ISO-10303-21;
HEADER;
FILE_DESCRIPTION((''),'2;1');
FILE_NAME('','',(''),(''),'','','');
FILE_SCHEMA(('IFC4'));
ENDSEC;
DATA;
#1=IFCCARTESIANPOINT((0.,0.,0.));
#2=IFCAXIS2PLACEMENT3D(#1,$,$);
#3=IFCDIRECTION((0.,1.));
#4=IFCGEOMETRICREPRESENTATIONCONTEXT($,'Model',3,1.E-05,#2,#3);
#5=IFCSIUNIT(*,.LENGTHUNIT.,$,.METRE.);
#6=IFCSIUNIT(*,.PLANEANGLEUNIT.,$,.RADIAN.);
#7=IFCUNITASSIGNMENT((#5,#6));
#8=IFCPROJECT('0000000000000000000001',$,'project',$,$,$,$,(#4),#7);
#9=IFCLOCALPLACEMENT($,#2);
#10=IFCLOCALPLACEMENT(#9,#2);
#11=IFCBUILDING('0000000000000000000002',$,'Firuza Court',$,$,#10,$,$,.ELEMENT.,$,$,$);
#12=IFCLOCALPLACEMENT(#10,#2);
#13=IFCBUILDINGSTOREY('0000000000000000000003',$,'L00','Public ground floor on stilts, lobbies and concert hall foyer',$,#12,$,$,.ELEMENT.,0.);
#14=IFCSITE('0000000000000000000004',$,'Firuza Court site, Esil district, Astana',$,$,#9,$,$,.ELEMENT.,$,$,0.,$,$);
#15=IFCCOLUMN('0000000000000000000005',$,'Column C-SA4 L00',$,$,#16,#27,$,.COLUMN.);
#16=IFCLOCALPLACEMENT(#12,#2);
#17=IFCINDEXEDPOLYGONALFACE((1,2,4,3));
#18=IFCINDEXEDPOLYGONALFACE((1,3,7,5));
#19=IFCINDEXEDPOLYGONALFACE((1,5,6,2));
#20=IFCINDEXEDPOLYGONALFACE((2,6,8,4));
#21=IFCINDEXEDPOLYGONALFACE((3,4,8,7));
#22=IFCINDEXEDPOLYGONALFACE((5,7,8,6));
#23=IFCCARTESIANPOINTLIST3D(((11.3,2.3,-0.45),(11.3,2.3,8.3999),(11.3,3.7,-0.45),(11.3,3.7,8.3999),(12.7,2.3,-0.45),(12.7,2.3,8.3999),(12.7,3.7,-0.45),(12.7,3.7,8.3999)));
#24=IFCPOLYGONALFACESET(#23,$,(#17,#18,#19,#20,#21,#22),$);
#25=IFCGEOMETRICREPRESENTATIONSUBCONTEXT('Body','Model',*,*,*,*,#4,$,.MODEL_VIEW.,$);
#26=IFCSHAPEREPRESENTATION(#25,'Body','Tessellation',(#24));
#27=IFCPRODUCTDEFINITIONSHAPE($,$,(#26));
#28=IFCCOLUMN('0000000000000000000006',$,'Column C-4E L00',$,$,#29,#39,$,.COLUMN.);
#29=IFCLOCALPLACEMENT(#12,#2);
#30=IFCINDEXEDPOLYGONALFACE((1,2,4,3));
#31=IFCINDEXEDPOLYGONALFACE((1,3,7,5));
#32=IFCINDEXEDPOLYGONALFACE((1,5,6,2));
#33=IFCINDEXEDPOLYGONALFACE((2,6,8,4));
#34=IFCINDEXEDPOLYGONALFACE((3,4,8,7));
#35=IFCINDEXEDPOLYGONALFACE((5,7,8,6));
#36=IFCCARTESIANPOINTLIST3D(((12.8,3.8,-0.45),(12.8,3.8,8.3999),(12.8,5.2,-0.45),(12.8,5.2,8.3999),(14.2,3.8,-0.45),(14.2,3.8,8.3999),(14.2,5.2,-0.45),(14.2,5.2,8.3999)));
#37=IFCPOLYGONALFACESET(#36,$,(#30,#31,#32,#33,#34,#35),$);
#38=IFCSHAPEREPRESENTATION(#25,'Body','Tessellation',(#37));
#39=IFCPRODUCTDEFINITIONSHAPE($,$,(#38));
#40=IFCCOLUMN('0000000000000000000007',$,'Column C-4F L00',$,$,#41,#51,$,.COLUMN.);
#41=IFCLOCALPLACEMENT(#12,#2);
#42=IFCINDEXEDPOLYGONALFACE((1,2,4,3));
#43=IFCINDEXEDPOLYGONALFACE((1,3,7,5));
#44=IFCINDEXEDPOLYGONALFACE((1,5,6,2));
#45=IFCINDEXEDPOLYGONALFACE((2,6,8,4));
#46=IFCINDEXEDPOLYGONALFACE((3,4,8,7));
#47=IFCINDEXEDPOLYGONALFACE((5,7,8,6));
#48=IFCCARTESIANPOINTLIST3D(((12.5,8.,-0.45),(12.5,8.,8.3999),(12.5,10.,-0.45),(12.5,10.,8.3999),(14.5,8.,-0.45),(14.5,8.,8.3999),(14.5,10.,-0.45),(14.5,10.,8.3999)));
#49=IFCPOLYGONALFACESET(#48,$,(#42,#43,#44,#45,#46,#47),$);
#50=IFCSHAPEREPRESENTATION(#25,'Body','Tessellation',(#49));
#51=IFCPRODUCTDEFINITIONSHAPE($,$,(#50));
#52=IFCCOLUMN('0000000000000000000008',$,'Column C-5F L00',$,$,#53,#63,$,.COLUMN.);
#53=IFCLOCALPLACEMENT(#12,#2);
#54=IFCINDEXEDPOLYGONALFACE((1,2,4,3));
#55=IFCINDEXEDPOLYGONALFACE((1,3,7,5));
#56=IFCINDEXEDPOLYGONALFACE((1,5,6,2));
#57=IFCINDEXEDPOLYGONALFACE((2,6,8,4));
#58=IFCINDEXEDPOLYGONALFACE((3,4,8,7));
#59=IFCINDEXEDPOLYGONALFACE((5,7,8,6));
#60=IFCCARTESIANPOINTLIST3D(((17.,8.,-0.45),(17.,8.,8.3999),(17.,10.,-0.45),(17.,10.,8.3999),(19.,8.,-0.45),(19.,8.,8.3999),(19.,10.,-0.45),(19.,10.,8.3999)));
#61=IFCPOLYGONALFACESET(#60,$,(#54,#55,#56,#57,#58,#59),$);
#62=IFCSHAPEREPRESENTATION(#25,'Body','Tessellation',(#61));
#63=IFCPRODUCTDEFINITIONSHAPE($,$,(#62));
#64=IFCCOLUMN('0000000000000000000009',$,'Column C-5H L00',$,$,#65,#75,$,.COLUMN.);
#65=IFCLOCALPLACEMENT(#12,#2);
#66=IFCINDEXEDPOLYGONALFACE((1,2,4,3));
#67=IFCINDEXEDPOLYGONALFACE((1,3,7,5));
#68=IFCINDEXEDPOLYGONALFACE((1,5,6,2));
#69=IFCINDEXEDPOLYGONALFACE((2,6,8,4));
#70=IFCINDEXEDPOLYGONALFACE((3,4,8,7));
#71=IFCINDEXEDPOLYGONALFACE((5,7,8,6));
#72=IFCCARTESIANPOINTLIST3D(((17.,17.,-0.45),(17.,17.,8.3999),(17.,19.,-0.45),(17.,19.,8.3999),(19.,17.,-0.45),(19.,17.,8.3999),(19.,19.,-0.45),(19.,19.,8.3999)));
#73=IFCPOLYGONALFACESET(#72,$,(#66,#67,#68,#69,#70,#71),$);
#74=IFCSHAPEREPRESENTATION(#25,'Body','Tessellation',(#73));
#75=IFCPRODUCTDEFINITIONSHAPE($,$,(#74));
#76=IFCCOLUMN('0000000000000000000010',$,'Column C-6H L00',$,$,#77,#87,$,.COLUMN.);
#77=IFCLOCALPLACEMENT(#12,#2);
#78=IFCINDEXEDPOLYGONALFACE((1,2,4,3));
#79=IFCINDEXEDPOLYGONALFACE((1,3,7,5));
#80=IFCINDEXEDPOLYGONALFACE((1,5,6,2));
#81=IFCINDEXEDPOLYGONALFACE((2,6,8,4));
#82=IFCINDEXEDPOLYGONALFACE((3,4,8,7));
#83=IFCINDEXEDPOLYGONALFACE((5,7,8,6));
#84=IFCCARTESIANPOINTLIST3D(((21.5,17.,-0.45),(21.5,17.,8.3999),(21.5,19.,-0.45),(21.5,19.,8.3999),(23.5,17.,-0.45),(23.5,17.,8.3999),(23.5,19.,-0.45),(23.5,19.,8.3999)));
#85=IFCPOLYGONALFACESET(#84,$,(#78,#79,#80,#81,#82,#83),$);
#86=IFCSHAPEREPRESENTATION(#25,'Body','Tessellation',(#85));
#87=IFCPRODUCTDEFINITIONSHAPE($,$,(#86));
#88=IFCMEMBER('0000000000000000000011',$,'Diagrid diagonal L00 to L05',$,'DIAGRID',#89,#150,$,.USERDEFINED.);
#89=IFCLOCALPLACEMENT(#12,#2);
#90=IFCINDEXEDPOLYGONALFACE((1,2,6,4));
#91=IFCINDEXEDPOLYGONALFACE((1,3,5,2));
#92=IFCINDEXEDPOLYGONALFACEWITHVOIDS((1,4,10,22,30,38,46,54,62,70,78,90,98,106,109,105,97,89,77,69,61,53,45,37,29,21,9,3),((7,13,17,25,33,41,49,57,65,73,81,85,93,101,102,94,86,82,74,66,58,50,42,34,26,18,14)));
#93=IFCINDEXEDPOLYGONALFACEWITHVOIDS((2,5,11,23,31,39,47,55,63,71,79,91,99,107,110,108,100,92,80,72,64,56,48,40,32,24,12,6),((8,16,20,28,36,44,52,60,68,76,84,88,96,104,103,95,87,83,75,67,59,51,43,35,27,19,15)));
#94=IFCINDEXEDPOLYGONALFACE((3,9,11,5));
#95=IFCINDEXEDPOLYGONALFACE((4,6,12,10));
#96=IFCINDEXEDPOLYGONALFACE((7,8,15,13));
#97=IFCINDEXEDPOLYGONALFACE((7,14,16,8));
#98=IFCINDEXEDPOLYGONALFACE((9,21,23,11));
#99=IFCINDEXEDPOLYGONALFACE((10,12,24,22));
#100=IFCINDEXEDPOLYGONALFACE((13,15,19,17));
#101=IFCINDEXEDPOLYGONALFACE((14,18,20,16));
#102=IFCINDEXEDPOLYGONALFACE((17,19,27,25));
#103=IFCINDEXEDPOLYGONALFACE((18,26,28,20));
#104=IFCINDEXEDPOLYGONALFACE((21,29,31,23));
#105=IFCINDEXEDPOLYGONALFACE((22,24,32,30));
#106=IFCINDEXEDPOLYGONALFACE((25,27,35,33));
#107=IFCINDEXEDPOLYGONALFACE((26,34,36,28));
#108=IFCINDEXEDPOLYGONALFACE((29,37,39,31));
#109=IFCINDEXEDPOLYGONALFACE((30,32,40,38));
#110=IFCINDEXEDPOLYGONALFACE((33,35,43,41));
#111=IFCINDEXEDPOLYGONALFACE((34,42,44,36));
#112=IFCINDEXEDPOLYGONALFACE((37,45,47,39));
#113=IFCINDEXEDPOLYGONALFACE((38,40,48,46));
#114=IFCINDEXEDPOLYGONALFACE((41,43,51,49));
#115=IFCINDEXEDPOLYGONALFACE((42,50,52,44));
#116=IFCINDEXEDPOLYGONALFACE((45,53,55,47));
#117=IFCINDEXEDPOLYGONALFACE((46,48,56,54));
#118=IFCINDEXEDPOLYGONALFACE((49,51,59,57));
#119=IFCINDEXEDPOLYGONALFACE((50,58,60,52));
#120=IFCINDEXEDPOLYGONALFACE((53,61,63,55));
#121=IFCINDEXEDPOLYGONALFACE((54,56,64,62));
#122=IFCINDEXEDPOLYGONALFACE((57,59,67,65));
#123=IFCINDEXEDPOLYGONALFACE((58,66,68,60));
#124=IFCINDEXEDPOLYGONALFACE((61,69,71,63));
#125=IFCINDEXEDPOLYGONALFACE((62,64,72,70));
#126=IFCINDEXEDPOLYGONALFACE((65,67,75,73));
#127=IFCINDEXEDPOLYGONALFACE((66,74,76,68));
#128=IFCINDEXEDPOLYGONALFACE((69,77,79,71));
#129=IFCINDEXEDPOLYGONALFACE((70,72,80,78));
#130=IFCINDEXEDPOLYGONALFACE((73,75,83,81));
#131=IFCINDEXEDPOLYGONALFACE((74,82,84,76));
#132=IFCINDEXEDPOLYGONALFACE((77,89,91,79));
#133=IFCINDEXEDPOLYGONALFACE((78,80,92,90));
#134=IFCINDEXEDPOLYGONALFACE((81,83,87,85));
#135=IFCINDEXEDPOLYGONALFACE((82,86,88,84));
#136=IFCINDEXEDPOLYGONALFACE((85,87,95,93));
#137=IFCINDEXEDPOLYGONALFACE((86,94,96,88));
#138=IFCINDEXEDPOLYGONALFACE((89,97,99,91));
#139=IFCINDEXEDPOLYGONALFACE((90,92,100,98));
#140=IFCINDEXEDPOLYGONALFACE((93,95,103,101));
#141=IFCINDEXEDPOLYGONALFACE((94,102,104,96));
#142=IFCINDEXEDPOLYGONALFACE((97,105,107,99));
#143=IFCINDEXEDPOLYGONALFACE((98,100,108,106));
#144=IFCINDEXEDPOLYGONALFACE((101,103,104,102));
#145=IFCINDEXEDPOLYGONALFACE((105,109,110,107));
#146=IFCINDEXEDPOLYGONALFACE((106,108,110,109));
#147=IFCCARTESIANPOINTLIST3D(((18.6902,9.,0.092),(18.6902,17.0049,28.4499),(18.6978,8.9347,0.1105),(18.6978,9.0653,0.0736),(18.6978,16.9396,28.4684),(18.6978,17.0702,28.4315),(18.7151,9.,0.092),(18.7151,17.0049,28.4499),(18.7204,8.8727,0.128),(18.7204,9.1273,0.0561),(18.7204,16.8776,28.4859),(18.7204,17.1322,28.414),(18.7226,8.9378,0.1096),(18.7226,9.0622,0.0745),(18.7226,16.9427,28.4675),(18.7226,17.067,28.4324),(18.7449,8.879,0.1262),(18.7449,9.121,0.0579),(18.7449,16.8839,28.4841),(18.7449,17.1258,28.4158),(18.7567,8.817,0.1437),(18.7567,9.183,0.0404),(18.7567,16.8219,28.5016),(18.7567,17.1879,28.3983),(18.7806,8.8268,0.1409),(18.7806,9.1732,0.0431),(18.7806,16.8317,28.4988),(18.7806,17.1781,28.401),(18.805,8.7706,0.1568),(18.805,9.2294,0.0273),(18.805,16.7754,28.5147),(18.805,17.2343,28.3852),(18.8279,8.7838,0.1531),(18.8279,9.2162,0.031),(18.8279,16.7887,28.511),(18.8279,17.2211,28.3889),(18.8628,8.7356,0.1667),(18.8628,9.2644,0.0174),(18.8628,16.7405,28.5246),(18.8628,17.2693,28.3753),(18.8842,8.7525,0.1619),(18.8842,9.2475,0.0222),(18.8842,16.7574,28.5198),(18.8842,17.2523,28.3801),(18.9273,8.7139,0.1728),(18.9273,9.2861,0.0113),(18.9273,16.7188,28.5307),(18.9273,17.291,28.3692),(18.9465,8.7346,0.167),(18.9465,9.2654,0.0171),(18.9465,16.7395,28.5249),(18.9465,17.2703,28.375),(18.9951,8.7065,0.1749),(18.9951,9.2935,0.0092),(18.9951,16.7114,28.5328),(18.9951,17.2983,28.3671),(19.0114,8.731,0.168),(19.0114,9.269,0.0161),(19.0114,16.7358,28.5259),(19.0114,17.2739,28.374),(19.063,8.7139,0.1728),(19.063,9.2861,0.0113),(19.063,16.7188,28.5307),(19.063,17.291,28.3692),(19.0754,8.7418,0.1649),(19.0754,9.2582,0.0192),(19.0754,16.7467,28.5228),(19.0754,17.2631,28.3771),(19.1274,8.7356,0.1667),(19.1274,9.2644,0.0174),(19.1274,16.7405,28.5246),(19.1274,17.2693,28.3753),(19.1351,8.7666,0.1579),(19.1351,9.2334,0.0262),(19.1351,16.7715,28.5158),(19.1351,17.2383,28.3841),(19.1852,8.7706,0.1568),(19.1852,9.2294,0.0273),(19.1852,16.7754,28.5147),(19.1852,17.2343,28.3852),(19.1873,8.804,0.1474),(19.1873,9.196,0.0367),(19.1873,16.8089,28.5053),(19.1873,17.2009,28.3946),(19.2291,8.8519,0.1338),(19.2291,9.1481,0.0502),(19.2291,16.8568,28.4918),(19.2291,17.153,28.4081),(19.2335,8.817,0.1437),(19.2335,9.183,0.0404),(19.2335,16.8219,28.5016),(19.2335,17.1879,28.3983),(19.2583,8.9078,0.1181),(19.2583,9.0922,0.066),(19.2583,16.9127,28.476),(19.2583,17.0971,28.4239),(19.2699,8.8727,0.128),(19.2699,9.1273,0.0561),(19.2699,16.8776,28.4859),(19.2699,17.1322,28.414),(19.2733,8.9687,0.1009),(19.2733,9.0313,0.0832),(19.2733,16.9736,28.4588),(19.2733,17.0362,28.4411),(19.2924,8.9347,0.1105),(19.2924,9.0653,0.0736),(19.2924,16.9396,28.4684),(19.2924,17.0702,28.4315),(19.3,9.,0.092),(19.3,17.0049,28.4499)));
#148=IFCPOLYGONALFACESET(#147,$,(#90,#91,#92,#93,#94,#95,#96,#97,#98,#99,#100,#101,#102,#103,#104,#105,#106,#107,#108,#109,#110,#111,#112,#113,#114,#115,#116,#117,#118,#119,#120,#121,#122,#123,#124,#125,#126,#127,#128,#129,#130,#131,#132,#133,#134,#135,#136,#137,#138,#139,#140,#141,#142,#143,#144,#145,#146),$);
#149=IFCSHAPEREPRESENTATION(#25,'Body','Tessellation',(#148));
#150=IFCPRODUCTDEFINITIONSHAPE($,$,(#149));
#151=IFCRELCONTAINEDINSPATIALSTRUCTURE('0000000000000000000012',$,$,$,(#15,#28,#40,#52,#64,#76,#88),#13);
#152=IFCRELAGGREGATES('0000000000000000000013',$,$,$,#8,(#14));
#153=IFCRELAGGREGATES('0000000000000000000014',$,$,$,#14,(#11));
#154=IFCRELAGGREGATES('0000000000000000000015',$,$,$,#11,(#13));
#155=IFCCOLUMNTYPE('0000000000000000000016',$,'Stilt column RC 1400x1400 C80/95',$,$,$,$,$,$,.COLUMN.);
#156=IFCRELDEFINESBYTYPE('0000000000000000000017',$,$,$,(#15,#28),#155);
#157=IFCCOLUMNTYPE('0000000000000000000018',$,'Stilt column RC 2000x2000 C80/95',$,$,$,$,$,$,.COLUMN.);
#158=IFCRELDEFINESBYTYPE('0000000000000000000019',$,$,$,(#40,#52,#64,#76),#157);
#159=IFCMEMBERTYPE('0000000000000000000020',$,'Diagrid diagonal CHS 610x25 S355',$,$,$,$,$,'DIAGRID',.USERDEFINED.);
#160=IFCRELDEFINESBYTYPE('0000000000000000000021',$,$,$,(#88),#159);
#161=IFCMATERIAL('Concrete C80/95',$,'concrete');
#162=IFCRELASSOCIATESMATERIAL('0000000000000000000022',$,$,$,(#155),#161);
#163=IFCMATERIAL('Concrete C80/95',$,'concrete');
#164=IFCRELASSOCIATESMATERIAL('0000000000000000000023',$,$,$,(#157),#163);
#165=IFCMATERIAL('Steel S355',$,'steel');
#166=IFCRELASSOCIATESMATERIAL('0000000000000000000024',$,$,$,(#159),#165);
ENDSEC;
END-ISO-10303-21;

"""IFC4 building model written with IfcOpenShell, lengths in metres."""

from ifc_helpers import new_model, si_unit, direction, frame, origin, origin_2d, place, context, subcontext, project, spatial, rectangle, hollow_circle, extrude, material, material_profile, profile_set, type_object, element, save


model = new_model("IFC4")

# Units and contexts
model_context = context("Model", 3, precision=1e-05, world=origin(), true_north=direction((0.0, 1.0)))
body_context = subcontext(model_context, "Body", "Model", "MODEL_VIEW")
ifc_project = project(units=[si_unit("LENGTHUNIT", "METRE"), si_unit("PLANEANGLEUNIT", "RADIAN")], contexts=[model_context])

# Site, building, storey
site_placement = place(None, origin())
site = spatial("IfcSite", under=ifc_project, at=site_placement, Name="Firuza Court site, Esil district, Astana", CompositionType="ELEMENT", RefElevation=0.0)
building_placement = place(site_placement, origin())
building = spatial("IfcBuilding", under=site, at=building_placement, Name="Firuza Court", CompositionType="ELEMENT")
storey_placement = place(building_placement, origin())
storey = spatial("IfcBuildingStorey", under=building, at=storey_placement, Name="L00", Description="Public ground floor on stilts, lobbies and concert hall foyer", CompositionType="ELEMENT", Elevation=0.0)

# Columns
ifc_material_1 = material(Name="Concrete C80/95", Category="concrete")
ifc_material_profile_1 = material_profile(ifc_material_1, rectangle(XDim=1.3999, YDim=1.3999, at=origin_2d()), Name="RC 1400x1400")
ifc_profile_set_1 = profile_set([ifc_material_profile_1], Name="Concrete C80/95")
column_type_1 = type_object("IfcColumnType", Name="Stilt column RC 1400x1400 C80/95", PredefinedType="COLUMN", material=ifc_profile_set_1)
for number, where, z_axis, x_axis, name in (
    (1, (12.0, 3.0, -0.45), (0.0, 0.0, 1.0), (1.0, 0.0, 0.0), "Column C-SA4 L00"),
    (2, (13.5, 4.5, -0.45), (0.0, 0.0, 1.0), (1.0, 0.0, 0.0), "Column C-4E L00"),
):
    element("IfcColumn", number, at=place(storey_placement, frame(where, z_axis=z_axis, x_axis=x_axis)), inside=storey, type_object=column_type_1, Name=name, PredefinedType="COLUMN", context=body_context, shape_type="SweptSolid", body=[
        extrude(rectangle(XDim=1.3999, YDim=1.3999, at=origin_2d()), origin(), (0.0, 0.0, 1.0), 8.8499),
    ])
ifc_material_2 = material(Name="Concrete C80/95", Category="concrete")
ifc_material_profile_2 = material_profile(ifc_material_2, rectangle(XDim=2.0, YDim=2.0, at=origin_2d()), Name="RC 2000x2000")
ifc_profile_set_2 = profile_set([ifc_material_profile_2], Name="Concrete C80/95")
column_type_2 = type_object("IfcColumnType", Name="Stilt column RC 2000x2000 C80/95", PredefinedType="COLUMN", material=ifc_profile_set_2)
for number, where, z_axis, x_axis, name in (
    (3, (13.5, 9.0, -0.45), (0.0, 0.0, 1.0), (1.0, 0.0, 0.0), "Column C-4F L00"),
    (4, (18.0, 9.0, -0.45), (0.0, 0.0, 1.0), (1.0, 0.0, 0.0), "Column C-5F L00"),
    (5, (18.0, 18.0, -0.45), (0.0, 0.0, 1.0), (1.0, 0.0, 0.0), "Column C-5H L00"),
    (6, (22.5, 18.0, -0.45), (0.0, 0.0, 1.0), (1.0, 0.0, 0.0), "Column C-6H L00"),
):
    element("IfcColumn", number, at=place(storey_placement, frame(where, z_axis=z_axis, x_axis=x_axis)), inside=storey, type_object=column_type_2, Name=name, PredefinedType="COLUMN", context=body_context, shape_type="SweptSolid", body=[
        extrude(rectangle(XDim=2.0, YDim=2.0, at=origin_2d()), origin(), (0.0, 0.0, 1.0), 8.8499),
    ])

# Member
ifc_material_3 = material(Name="Steel S355", Category="steel")
ifc_material_profile_3 = material_profile(ifc_material_3, hollow_circle(Radius=0.3049, WallThickness=0.0249, at=origin_2d()), Name="CHS 610x25")
ifc_profile_set_3 = profile_set([ifc_material_profile_3], Name="Steel S355")
member_type_1 = type_object("IfcMemberType", Name="Diagrid diagonal CHS 610x25 S355", ElementType="DIAGRID", PredefinedType="USERDEFINED", material=ifc_profile_set_3)
member_1_placement = place(storey_placement, frame((18.9951, 9.0, 0.092), z_axis=(0.0, 0.271664, 0.962392), x_axis=(-1.0, 0.0, 0.0)))
element("IfcMember", 7, at=member_1_placement, inside=storey, type_object=member_type_1, Name="Diagrid diagonal L00 to L05", ObjectType="DIAGRID", PredefinedType="USERDEFINED", context=body_context, shape_type="SweptSolid", body=[
    extrude(hollow_circle(Radius=0.3049, WallThickness=0.0249, at=origin_2d()), origin(), (0.0, 0.0, 1.0), 29.4661),
])

save(model, "model.ifc")
